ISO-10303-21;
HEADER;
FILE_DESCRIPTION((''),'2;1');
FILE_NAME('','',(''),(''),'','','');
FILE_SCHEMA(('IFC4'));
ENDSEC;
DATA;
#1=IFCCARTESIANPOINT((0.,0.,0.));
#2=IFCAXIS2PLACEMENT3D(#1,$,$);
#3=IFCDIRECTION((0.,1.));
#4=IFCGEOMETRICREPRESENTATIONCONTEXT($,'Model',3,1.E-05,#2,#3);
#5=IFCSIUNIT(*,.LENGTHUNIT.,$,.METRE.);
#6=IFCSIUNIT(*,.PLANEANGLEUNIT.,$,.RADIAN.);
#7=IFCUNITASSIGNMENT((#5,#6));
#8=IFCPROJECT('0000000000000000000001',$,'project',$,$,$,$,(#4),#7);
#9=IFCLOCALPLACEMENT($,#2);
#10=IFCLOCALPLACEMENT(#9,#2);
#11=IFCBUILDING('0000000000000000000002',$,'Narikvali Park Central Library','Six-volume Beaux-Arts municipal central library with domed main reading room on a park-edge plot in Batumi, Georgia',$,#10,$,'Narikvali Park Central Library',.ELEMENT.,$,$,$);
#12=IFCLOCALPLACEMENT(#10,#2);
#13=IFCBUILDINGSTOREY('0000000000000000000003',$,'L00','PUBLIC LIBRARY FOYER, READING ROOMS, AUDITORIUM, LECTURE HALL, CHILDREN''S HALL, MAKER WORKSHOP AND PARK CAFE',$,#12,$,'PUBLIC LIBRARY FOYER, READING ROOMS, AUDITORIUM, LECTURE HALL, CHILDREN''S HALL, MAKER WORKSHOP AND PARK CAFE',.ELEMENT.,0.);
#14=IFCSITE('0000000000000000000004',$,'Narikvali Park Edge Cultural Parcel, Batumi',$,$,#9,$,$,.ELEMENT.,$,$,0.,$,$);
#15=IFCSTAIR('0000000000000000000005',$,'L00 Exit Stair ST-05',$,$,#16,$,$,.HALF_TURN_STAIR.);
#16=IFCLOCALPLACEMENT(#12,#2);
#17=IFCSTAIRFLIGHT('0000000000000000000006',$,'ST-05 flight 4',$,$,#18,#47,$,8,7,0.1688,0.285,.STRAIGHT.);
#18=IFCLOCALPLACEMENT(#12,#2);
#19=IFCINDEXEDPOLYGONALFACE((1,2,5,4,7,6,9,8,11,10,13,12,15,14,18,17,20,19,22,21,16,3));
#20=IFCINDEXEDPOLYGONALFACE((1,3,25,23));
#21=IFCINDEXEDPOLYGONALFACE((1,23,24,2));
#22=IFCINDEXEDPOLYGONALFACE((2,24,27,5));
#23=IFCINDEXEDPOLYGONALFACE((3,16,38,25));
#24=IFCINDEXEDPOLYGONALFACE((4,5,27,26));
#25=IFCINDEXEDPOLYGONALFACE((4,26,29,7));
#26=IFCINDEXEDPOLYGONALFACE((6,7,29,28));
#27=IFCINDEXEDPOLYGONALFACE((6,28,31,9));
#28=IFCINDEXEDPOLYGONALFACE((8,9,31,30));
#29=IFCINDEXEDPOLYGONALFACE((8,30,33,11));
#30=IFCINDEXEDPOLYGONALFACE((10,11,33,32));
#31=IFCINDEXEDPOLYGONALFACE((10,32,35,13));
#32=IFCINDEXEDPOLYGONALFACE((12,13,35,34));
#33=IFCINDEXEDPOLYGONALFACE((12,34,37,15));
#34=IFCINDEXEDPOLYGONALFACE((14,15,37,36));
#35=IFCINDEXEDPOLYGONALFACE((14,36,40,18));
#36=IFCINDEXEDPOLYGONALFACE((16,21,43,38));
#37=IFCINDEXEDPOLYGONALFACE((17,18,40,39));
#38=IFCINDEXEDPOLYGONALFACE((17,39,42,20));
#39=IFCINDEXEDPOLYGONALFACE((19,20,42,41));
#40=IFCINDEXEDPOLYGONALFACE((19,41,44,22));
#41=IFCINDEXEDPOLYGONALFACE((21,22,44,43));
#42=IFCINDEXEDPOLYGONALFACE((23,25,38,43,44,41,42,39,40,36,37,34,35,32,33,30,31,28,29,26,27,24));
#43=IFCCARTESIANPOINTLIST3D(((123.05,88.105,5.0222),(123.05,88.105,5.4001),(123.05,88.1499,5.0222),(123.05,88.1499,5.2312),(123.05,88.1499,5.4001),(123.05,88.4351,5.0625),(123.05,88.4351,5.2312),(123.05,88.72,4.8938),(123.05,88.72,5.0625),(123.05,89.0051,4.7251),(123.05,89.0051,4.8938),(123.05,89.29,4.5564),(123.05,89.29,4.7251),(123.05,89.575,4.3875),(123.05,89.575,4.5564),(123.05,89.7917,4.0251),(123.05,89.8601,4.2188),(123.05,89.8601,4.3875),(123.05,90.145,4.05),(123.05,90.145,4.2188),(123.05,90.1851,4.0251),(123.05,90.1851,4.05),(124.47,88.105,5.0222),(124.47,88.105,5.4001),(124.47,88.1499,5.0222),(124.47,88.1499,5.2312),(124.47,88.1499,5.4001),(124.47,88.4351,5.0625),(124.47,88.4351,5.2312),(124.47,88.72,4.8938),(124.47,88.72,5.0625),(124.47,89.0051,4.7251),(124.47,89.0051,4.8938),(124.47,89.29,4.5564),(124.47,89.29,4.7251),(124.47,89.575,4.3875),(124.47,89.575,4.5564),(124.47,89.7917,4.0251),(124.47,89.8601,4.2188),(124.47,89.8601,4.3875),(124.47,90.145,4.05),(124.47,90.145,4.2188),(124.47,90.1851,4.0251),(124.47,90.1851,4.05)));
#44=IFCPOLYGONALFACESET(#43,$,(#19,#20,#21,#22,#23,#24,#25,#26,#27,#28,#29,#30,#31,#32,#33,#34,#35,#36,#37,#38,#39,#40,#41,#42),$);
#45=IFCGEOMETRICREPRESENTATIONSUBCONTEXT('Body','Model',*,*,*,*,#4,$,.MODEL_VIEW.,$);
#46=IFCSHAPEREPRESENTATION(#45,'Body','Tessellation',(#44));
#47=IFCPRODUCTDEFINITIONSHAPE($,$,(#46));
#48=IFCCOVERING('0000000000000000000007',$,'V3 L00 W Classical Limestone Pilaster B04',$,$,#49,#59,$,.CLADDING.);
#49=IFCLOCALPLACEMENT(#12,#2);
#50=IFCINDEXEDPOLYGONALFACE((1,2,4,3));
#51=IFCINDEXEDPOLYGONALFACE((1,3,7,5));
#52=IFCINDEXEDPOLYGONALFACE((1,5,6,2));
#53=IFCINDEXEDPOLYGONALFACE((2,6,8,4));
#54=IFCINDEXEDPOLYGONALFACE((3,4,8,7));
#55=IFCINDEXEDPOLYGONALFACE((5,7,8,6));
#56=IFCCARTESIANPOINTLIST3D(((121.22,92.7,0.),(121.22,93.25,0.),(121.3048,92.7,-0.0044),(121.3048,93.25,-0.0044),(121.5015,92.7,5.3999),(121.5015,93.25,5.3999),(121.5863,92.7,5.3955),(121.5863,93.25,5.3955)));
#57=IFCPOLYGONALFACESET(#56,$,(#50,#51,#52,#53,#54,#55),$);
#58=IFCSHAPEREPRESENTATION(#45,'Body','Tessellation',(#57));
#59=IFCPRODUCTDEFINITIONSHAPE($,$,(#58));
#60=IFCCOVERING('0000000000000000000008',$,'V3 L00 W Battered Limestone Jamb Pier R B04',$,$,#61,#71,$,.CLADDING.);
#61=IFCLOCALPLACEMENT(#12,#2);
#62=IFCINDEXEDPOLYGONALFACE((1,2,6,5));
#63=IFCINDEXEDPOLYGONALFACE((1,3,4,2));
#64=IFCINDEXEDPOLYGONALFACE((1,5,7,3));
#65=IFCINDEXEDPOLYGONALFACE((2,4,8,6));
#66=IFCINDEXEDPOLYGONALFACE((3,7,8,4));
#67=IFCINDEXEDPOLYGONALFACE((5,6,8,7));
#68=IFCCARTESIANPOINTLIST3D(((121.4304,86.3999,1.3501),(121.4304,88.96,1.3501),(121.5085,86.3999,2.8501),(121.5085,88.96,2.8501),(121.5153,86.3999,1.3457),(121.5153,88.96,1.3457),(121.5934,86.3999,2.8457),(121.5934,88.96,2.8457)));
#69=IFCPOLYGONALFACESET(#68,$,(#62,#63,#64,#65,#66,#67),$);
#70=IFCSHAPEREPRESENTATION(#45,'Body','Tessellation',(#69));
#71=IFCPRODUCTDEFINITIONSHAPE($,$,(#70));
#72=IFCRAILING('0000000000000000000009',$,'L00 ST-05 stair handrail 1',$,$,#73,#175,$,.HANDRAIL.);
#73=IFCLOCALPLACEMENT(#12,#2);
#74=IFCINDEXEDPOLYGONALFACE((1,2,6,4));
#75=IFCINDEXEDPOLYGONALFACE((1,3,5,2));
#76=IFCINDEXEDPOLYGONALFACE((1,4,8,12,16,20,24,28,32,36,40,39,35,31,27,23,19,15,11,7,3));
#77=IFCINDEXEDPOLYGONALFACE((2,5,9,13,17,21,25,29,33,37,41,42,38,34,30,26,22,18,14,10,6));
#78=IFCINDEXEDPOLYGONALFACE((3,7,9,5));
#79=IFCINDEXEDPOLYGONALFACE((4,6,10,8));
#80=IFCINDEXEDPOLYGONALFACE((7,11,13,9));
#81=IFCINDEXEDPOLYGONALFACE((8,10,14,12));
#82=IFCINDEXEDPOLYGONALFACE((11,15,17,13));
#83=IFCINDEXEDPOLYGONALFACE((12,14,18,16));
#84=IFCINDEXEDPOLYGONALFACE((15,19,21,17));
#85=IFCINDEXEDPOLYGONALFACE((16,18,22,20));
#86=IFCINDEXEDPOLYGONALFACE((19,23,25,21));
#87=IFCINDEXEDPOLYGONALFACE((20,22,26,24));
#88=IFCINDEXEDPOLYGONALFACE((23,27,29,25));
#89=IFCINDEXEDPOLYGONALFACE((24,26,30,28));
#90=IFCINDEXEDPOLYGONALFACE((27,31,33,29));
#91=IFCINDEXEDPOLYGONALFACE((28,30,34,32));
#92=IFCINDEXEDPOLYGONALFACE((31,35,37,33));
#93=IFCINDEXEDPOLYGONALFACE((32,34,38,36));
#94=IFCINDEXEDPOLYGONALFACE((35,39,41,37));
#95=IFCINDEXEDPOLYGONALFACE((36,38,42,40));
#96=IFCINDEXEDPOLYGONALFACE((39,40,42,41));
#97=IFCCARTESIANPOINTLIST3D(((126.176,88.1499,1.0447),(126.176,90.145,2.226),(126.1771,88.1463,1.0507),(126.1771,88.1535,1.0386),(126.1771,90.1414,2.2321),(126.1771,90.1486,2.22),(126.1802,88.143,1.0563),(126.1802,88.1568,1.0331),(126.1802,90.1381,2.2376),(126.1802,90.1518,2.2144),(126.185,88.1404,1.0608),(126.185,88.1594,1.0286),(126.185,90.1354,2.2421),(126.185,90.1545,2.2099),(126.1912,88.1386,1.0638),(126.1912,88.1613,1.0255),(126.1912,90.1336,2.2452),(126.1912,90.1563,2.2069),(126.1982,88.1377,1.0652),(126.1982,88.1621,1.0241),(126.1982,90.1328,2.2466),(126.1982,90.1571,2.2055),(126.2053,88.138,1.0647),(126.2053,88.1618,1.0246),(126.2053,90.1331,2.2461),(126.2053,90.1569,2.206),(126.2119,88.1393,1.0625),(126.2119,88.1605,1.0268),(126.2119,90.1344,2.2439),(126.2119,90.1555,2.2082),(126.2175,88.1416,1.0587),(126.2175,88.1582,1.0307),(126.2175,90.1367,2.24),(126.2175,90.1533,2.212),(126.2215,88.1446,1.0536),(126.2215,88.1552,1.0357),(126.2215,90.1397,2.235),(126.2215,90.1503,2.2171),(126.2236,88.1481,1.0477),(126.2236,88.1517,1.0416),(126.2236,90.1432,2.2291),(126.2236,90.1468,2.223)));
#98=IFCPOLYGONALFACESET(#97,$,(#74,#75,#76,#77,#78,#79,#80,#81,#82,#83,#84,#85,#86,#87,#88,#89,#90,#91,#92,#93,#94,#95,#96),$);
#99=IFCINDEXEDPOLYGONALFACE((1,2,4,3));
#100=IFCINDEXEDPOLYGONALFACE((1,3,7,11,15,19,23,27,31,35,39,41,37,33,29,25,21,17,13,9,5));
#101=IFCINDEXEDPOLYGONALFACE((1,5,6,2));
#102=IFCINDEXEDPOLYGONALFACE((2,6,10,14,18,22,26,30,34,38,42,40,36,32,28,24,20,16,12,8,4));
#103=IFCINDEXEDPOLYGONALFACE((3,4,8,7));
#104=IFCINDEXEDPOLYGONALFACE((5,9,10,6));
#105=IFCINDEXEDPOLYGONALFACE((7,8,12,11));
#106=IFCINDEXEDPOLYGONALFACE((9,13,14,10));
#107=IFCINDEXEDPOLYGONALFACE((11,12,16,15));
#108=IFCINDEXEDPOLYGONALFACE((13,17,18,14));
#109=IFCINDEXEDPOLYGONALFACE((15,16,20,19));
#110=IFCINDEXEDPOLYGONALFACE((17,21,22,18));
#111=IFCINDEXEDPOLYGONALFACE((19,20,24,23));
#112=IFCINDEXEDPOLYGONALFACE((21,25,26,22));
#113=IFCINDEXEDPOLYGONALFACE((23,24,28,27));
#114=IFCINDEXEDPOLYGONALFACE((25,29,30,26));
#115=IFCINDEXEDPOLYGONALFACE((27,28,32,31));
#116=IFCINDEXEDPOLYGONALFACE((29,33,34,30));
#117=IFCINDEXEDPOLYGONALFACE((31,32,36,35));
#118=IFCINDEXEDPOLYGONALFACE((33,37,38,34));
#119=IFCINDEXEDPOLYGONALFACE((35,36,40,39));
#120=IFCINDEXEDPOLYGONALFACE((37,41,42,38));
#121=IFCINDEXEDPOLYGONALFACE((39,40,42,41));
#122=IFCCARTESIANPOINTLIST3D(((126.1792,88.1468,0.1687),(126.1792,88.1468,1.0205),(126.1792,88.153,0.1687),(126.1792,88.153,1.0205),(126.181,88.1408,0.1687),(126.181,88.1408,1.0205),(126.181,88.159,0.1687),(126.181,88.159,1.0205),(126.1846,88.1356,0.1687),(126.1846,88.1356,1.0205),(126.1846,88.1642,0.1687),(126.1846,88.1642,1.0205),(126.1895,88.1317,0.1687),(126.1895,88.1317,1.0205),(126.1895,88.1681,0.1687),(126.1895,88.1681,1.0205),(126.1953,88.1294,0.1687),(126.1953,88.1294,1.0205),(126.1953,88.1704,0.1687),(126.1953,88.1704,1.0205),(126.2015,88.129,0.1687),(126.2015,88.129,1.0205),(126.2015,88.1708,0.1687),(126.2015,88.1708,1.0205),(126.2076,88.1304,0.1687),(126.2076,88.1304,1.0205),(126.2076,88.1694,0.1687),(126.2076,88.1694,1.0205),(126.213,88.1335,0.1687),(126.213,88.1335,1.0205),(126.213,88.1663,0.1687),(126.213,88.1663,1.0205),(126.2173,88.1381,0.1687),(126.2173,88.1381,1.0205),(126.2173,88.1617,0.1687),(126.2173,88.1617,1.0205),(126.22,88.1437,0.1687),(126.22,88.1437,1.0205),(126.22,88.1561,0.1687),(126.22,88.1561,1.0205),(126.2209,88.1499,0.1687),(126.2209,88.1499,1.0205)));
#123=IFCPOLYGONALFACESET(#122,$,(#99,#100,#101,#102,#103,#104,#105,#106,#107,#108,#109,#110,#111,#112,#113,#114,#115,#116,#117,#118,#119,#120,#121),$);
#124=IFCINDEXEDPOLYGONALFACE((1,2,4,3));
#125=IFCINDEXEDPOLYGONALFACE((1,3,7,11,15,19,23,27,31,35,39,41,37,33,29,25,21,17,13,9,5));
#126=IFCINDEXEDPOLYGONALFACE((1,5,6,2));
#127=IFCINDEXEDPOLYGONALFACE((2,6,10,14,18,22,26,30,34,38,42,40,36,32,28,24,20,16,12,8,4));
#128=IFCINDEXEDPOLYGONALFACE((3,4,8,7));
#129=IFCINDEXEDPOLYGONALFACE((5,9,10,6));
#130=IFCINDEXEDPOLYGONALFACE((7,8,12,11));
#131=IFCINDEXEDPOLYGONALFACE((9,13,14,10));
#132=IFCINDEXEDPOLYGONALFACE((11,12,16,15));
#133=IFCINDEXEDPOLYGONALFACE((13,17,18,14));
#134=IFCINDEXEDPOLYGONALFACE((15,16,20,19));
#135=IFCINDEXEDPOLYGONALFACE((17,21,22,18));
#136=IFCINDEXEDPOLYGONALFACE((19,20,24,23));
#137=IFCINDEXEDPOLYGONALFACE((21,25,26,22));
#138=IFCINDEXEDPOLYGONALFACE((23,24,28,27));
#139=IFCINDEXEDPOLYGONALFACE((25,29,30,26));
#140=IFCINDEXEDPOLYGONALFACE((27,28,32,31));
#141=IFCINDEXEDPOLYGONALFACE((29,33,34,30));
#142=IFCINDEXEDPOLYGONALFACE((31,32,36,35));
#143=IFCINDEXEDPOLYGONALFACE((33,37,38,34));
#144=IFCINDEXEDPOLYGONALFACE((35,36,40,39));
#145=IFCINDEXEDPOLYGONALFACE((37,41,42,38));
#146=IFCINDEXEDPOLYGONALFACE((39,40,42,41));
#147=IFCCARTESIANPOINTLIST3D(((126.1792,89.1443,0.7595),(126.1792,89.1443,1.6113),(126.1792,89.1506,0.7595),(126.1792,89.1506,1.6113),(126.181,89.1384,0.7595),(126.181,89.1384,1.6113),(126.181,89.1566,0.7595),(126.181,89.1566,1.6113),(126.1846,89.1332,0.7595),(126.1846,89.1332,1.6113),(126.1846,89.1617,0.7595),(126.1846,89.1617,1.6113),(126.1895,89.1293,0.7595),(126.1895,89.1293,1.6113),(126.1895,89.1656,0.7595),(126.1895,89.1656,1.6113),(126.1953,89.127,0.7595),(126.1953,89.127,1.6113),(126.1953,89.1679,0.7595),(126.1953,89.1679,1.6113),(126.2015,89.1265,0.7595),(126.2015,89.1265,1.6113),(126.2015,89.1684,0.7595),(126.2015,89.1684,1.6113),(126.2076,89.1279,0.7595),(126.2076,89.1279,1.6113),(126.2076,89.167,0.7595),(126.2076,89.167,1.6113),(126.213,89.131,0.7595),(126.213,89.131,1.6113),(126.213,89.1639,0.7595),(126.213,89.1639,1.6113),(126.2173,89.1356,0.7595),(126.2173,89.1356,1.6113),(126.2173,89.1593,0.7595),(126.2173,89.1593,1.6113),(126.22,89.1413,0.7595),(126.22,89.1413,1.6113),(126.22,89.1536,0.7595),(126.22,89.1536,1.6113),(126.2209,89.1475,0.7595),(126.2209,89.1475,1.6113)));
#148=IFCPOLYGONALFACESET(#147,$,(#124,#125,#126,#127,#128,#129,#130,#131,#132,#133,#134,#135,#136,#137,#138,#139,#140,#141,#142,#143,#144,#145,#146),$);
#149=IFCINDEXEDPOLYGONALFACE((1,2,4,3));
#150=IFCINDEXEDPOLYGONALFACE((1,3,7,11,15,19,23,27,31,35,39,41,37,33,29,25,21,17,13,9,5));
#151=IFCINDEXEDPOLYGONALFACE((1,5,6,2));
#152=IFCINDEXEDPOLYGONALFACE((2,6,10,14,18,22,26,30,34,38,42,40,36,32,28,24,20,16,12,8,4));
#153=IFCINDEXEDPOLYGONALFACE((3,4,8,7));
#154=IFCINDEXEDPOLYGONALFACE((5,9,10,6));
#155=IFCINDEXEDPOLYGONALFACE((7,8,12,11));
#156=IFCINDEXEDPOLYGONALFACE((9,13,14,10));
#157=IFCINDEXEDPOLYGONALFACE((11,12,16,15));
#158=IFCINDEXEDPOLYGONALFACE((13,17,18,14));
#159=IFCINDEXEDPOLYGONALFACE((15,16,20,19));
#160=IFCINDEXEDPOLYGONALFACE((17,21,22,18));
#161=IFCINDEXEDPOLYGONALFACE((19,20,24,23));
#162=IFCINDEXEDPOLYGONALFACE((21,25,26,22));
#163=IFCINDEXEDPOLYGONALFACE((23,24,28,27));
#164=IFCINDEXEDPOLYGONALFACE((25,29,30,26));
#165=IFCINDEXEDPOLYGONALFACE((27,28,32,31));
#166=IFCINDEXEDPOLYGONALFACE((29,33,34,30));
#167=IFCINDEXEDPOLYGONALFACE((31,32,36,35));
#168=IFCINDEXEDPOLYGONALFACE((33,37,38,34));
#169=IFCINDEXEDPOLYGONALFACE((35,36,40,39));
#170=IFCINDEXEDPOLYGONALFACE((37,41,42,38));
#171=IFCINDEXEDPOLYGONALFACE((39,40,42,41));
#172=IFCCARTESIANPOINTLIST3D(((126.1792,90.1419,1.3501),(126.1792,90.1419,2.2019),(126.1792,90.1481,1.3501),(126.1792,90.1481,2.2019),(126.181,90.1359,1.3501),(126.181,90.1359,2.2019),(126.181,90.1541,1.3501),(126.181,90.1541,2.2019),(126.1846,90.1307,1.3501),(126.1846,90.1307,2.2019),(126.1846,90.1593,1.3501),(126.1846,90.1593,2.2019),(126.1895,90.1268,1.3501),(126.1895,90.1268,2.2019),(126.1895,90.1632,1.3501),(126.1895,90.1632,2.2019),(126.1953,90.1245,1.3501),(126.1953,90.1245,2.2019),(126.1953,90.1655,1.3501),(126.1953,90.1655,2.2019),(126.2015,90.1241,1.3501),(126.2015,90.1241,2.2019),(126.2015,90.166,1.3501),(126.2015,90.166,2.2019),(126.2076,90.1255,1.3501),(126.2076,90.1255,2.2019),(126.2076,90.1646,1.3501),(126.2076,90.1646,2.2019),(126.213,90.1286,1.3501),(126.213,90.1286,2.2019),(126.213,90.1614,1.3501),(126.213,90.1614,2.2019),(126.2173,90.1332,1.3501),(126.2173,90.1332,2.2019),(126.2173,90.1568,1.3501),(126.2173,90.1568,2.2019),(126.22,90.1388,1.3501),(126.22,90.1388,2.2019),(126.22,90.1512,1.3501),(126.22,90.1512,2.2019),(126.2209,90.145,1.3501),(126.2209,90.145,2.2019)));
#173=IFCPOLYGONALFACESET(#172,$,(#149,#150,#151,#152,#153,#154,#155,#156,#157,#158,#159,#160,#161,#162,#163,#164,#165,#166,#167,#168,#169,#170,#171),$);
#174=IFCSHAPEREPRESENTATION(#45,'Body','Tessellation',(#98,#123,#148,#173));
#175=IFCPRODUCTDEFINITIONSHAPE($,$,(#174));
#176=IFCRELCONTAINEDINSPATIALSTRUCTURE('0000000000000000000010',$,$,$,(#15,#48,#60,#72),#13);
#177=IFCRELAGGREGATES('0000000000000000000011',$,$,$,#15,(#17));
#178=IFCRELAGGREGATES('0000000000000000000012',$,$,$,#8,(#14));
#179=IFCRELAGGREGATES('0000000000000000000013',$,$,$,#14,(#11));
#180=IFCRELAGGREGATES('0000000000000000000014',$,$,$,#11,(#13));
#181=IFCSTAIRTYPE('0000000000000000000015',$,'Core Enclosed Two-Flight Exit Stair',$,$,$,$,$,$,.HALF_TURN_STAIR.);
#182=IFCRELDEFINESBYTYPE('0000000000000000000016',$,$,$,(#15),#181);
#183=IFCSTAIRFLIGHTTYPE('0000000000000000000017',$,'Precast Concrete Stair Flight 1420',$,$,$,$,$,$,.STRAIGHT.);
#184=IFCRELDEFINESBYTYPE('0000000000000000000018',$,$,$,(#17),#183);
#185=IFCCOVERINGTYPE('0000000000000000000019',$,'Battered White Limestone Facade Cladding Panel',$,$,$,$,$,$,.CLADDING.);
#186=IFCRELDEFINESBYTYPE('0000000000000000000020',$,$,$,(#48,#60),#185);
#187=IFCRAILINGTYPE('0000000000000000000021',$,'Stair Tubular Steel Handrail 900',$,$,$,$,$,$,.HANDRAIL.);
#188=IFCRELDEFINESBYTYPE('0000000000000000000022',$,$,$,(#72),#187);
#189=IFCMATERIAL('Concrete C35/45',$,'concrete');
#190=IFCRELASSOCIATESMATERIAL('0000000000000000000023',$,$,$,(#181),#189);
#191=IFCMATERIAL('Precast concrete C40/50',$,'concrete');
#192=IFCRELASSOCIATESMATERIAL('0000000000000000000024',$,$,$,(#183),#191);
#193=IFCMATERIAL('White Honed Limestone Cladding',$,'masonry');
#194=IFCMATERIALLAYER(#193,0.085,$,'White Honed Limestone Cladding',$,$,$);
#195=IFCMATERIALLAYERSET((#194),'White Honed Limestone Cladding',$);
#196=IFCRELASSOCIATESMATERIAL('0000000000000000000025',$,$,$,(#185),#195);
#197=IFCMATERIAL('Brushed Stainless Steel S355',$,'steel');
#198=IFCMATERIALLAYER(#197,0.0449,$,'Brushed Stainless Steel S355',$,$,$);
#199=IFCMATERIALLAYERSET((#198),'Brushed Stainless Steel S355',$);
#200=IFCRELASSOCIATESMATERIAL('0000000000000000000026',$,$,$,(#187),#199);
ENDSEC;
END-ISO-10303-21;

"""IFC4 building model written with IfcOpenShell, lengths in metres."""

from ifc_helpers import new_model, si_unit, direction, frame, origin, origin_2d, place, context, subcontext, project, spatial, polyline, circle, outline, extrude, material, layer, layer_set, type_object, element, aggregate, save


model = new_model("IFC4")

# Units and contexts
model_context = context("Model", 3, precision=1e-05, world=origin(), true_north=direction((0.0, 1.0)))
body_context = subcontext(model_context, "Body", "Model", "MODEL_VIEW")
ifc_project = project(units=[si_unit("LENGTHUNIT", "METRE"), si_unit("PLANEANGLEUNIT", "RADIAN")], contexts=[model_context])

# Site, building, storey
site_placement = place(None, origin())
site = spatial("IfcSite", under=ifc_project, at=site_placement, Name="Narikvali Park Edge Cultural Parcel, Batumi", CompositionType="ELEMENT", RefElevation=0.0)
building_placement = place(site_placement, origin())
building = spatial("IfcBuilding", under=site, at=building_placement, Name="Narikvali Park Central Library", Description="Six-volume Beaux-Arts municipal central library with domed main reading room on a park-edge plot in Batumi, Georgia", LongName="Narikvali Park Central Library", CompositionType="ELEMENT")
storey_placement = place(building_placement, origin())
storey = spatial("IfcBuildingStorey", under=building, at=storey_placement, Name="L00", Description="PUBLIC LIBRARY FOYER, READING ROOMS, AUDITORIUM, LECTURE HALL, CHILDREN'S HALL, MAKER WORKSHOP AND PARK CAFE", LongName="PUBLIC LIBRARY FOYER, READING ROOMS, AUDITORIUM, LECTURE HALL, CHILDREN'S HALL, MAKER WORKSHOP AND PARK CAFE", CompositionType="ELEMENT", Elevation=0.0)

# Shared definitions
ifc_material_1 = material(Name="Brushed Stainless Steel S355", Category="steel")

# Stair, stair flight
ifc_material_2 = material(Name="Concrete C35/45", Category="concrete")
stair_type = type_object("IfcStairType", Name="Core Enclosed Two-Flight Exit Stair", PredefinedType="HALF_TURN_STAIR", material=ifc_material_2)
stair_placement = place(storey_placement, origin())
stair = element("IfcStair", 1, at=stair_placement, inside=storey, type_object=stair_type, Name="L00 Exit Stair ST-05", PredefinedType="HALF_TURN_STAIR")
ifc_material_3 = material(Name="Precast concrete C40/50", Category="concrete")
stair_flight_type = type_object("IfcStairFlightType", Name="Precast Concrete Stair Flight 1420", PredefinedType="STRAIGHT", material=ifc_material_3)
stair_flight_1_placement = place(storey_placement, frame((123.76, 90.145, 4.05), z_axis=(0.0, 0.0, 1.0), x_axis=(0.0, -1.0, 0.0)))
stair_flight_1 = element("IfcStairFlight", 2, at=stair_flight_1_placement, type_object=stair_flight_type, Name="ST-05 flight 4", NumberOfRisers=8, NumberOfTreads=7, PredefinedType="STRAIGHT", RiserHeight=0.1688, TreadLength=0.285, context=body_context, shape_type="SweptSolid", body=[
    extrude(outline(polyline([(-0.04, -0.0249), (-0.04, 0.0), (0.0, 0.0), (0.0, 0.1687), (0.2849, 0.1687), (0.2849, 0.3374), (0.5701, 0.3374), (0.5701, 0.5063), (0.855, 0.5063), (0.855, 0.675), (1.1399, 0.675), (1.1399, 0.8438), (1.425, 0.8438), (1.425, 1.0125), (1.71, 1.0125), (1.71, 1.1812), (1.9951, 1.1812), (1.9951, 1.3501), (2.04, 1.3501), (2.04, 0.9722), (1.9951, 0.9722), (0.3533, -0.0249), (-0.04, -0.0249)])), frame((0.0, 0.71, 0.0), z_axis=(0.0, -1.0, 0.0), x_axis=(1.0, 0.0, 0.0)), (0.0, 0.0, 1.0), 1.4199),
])
aggregate(stair, [stair_flight_1])

# Coverings
ifc_material_4 = material(Name="White Honed Limestone Cladding", Category="masonry")
ifc_layer_1 = layer(ifc_material_4, 0.085, Name="White Honed Limestone Cladding")
ifc_layer_set_1 = layer_set([ifc_layer_1], Name="White Honed Limestone Cladding")
covering_type = type_object("IfcCoveringType", Name="Battered White Limestone Facade Cladding Panel", PredefinedType="CLADDING", material=ifc_layer_set_1)
covering_1_placement = place(storey_placement, frame((121.22, 93.25, 0.0), z_axis=(-0.998644, 0.0, 0.052059), x_axis=(0.0, -1.0, 0.0)))
element("IfcCovering", 3, at=covering_1_placement, inside=storey, type_object=covering_type, Name="V3 L00 W Classical Limestone Pilaster B04", PredefinedType="CLADDING", context=body_context, shape_type="SweptSolid", body=[
    extrude(outline(polyline([(0.0, 0.0), (0.55, 0.0), (0.55, 5.4072), (0.0, 5.4072), (0.0, 0.0)])), origin(), (0.0, 0.0, -1.0), 0.085),
])
covering_2_placement = place(storey_placement, frame((121.4304, 88.96, 1.3501), z_axis=(-0.998646, 0.0, 0.052013), x_axis=(0.0, -1.0, 0.0)))
element("IfcCovering", 4, at=covering_2_placement, inside=storey, type_object=covering_type, Name="V3 L00 W Battered Limestone Jamb Pier R B04", PredefinedType="CLADDING", context=body_context, shape_type="SweptSolid", body=[
    extrude(outline(polyline([(0.0, 0.0), (2.5601, 0.0), (2.5601, 1.502), (0.0, 1.502), (0.0, 0.0)])), origin(), (0.0, 0.0, -1.0), 0.085),
])

# Railing
ifc_layer_2 = layer(ifc_material_1, 0.0449, Name="Brushed Stainless Steel S355")
ifc_layer_set_2 = layer_set([ifc_layer_2], Name="Brushed Stainless Steel S355")
railing_type_1 = type_object("IfcRailingType", Name="Stair Tubular Steel Handrail 900", PredefinedType="HANDRAIL", material=ifc_layer_set_2)
railing_1_placement = place(storey_placement, frame((126.2, 88.1499, 0.1687)))
element("IfcRailing", 5, at=railing_1_placement, inside=storey, type_object=railing_type_1, Name="L00 ST-05 stair handrail 1", PredefinedType="HANDRAIL", context=body_context, shape_type="SweptSolid", body=[
    extrude(circle(Radius=0.0239, at=origin_2d()), frame((0.0, 0.0, 0.876), z_axis=(0.0, 0.860461, 0.509517), x_axis=(-1.0, 0.0, 0.0)), (0.0, 0.0, 1.0), 2.3186),
    extrude(circle(Radius=0.021, at=origin_2d()), origin(), (0.0, 0.0, 1.0), 0.8518),
    extrude(circle(Radius=0.021, at=origin_2d()), frame((0.0, 0.9976, 0.5908)), (0.0, 0.0, 1.0), 0.8518),
    extrude(circle(Radius=0.021, at=origin_2d()), frame((0.0, 1.9951, 1.1814)), (0.0, 0.0, 1.0), 0.8518),
])

save(model, "model.ifc")
